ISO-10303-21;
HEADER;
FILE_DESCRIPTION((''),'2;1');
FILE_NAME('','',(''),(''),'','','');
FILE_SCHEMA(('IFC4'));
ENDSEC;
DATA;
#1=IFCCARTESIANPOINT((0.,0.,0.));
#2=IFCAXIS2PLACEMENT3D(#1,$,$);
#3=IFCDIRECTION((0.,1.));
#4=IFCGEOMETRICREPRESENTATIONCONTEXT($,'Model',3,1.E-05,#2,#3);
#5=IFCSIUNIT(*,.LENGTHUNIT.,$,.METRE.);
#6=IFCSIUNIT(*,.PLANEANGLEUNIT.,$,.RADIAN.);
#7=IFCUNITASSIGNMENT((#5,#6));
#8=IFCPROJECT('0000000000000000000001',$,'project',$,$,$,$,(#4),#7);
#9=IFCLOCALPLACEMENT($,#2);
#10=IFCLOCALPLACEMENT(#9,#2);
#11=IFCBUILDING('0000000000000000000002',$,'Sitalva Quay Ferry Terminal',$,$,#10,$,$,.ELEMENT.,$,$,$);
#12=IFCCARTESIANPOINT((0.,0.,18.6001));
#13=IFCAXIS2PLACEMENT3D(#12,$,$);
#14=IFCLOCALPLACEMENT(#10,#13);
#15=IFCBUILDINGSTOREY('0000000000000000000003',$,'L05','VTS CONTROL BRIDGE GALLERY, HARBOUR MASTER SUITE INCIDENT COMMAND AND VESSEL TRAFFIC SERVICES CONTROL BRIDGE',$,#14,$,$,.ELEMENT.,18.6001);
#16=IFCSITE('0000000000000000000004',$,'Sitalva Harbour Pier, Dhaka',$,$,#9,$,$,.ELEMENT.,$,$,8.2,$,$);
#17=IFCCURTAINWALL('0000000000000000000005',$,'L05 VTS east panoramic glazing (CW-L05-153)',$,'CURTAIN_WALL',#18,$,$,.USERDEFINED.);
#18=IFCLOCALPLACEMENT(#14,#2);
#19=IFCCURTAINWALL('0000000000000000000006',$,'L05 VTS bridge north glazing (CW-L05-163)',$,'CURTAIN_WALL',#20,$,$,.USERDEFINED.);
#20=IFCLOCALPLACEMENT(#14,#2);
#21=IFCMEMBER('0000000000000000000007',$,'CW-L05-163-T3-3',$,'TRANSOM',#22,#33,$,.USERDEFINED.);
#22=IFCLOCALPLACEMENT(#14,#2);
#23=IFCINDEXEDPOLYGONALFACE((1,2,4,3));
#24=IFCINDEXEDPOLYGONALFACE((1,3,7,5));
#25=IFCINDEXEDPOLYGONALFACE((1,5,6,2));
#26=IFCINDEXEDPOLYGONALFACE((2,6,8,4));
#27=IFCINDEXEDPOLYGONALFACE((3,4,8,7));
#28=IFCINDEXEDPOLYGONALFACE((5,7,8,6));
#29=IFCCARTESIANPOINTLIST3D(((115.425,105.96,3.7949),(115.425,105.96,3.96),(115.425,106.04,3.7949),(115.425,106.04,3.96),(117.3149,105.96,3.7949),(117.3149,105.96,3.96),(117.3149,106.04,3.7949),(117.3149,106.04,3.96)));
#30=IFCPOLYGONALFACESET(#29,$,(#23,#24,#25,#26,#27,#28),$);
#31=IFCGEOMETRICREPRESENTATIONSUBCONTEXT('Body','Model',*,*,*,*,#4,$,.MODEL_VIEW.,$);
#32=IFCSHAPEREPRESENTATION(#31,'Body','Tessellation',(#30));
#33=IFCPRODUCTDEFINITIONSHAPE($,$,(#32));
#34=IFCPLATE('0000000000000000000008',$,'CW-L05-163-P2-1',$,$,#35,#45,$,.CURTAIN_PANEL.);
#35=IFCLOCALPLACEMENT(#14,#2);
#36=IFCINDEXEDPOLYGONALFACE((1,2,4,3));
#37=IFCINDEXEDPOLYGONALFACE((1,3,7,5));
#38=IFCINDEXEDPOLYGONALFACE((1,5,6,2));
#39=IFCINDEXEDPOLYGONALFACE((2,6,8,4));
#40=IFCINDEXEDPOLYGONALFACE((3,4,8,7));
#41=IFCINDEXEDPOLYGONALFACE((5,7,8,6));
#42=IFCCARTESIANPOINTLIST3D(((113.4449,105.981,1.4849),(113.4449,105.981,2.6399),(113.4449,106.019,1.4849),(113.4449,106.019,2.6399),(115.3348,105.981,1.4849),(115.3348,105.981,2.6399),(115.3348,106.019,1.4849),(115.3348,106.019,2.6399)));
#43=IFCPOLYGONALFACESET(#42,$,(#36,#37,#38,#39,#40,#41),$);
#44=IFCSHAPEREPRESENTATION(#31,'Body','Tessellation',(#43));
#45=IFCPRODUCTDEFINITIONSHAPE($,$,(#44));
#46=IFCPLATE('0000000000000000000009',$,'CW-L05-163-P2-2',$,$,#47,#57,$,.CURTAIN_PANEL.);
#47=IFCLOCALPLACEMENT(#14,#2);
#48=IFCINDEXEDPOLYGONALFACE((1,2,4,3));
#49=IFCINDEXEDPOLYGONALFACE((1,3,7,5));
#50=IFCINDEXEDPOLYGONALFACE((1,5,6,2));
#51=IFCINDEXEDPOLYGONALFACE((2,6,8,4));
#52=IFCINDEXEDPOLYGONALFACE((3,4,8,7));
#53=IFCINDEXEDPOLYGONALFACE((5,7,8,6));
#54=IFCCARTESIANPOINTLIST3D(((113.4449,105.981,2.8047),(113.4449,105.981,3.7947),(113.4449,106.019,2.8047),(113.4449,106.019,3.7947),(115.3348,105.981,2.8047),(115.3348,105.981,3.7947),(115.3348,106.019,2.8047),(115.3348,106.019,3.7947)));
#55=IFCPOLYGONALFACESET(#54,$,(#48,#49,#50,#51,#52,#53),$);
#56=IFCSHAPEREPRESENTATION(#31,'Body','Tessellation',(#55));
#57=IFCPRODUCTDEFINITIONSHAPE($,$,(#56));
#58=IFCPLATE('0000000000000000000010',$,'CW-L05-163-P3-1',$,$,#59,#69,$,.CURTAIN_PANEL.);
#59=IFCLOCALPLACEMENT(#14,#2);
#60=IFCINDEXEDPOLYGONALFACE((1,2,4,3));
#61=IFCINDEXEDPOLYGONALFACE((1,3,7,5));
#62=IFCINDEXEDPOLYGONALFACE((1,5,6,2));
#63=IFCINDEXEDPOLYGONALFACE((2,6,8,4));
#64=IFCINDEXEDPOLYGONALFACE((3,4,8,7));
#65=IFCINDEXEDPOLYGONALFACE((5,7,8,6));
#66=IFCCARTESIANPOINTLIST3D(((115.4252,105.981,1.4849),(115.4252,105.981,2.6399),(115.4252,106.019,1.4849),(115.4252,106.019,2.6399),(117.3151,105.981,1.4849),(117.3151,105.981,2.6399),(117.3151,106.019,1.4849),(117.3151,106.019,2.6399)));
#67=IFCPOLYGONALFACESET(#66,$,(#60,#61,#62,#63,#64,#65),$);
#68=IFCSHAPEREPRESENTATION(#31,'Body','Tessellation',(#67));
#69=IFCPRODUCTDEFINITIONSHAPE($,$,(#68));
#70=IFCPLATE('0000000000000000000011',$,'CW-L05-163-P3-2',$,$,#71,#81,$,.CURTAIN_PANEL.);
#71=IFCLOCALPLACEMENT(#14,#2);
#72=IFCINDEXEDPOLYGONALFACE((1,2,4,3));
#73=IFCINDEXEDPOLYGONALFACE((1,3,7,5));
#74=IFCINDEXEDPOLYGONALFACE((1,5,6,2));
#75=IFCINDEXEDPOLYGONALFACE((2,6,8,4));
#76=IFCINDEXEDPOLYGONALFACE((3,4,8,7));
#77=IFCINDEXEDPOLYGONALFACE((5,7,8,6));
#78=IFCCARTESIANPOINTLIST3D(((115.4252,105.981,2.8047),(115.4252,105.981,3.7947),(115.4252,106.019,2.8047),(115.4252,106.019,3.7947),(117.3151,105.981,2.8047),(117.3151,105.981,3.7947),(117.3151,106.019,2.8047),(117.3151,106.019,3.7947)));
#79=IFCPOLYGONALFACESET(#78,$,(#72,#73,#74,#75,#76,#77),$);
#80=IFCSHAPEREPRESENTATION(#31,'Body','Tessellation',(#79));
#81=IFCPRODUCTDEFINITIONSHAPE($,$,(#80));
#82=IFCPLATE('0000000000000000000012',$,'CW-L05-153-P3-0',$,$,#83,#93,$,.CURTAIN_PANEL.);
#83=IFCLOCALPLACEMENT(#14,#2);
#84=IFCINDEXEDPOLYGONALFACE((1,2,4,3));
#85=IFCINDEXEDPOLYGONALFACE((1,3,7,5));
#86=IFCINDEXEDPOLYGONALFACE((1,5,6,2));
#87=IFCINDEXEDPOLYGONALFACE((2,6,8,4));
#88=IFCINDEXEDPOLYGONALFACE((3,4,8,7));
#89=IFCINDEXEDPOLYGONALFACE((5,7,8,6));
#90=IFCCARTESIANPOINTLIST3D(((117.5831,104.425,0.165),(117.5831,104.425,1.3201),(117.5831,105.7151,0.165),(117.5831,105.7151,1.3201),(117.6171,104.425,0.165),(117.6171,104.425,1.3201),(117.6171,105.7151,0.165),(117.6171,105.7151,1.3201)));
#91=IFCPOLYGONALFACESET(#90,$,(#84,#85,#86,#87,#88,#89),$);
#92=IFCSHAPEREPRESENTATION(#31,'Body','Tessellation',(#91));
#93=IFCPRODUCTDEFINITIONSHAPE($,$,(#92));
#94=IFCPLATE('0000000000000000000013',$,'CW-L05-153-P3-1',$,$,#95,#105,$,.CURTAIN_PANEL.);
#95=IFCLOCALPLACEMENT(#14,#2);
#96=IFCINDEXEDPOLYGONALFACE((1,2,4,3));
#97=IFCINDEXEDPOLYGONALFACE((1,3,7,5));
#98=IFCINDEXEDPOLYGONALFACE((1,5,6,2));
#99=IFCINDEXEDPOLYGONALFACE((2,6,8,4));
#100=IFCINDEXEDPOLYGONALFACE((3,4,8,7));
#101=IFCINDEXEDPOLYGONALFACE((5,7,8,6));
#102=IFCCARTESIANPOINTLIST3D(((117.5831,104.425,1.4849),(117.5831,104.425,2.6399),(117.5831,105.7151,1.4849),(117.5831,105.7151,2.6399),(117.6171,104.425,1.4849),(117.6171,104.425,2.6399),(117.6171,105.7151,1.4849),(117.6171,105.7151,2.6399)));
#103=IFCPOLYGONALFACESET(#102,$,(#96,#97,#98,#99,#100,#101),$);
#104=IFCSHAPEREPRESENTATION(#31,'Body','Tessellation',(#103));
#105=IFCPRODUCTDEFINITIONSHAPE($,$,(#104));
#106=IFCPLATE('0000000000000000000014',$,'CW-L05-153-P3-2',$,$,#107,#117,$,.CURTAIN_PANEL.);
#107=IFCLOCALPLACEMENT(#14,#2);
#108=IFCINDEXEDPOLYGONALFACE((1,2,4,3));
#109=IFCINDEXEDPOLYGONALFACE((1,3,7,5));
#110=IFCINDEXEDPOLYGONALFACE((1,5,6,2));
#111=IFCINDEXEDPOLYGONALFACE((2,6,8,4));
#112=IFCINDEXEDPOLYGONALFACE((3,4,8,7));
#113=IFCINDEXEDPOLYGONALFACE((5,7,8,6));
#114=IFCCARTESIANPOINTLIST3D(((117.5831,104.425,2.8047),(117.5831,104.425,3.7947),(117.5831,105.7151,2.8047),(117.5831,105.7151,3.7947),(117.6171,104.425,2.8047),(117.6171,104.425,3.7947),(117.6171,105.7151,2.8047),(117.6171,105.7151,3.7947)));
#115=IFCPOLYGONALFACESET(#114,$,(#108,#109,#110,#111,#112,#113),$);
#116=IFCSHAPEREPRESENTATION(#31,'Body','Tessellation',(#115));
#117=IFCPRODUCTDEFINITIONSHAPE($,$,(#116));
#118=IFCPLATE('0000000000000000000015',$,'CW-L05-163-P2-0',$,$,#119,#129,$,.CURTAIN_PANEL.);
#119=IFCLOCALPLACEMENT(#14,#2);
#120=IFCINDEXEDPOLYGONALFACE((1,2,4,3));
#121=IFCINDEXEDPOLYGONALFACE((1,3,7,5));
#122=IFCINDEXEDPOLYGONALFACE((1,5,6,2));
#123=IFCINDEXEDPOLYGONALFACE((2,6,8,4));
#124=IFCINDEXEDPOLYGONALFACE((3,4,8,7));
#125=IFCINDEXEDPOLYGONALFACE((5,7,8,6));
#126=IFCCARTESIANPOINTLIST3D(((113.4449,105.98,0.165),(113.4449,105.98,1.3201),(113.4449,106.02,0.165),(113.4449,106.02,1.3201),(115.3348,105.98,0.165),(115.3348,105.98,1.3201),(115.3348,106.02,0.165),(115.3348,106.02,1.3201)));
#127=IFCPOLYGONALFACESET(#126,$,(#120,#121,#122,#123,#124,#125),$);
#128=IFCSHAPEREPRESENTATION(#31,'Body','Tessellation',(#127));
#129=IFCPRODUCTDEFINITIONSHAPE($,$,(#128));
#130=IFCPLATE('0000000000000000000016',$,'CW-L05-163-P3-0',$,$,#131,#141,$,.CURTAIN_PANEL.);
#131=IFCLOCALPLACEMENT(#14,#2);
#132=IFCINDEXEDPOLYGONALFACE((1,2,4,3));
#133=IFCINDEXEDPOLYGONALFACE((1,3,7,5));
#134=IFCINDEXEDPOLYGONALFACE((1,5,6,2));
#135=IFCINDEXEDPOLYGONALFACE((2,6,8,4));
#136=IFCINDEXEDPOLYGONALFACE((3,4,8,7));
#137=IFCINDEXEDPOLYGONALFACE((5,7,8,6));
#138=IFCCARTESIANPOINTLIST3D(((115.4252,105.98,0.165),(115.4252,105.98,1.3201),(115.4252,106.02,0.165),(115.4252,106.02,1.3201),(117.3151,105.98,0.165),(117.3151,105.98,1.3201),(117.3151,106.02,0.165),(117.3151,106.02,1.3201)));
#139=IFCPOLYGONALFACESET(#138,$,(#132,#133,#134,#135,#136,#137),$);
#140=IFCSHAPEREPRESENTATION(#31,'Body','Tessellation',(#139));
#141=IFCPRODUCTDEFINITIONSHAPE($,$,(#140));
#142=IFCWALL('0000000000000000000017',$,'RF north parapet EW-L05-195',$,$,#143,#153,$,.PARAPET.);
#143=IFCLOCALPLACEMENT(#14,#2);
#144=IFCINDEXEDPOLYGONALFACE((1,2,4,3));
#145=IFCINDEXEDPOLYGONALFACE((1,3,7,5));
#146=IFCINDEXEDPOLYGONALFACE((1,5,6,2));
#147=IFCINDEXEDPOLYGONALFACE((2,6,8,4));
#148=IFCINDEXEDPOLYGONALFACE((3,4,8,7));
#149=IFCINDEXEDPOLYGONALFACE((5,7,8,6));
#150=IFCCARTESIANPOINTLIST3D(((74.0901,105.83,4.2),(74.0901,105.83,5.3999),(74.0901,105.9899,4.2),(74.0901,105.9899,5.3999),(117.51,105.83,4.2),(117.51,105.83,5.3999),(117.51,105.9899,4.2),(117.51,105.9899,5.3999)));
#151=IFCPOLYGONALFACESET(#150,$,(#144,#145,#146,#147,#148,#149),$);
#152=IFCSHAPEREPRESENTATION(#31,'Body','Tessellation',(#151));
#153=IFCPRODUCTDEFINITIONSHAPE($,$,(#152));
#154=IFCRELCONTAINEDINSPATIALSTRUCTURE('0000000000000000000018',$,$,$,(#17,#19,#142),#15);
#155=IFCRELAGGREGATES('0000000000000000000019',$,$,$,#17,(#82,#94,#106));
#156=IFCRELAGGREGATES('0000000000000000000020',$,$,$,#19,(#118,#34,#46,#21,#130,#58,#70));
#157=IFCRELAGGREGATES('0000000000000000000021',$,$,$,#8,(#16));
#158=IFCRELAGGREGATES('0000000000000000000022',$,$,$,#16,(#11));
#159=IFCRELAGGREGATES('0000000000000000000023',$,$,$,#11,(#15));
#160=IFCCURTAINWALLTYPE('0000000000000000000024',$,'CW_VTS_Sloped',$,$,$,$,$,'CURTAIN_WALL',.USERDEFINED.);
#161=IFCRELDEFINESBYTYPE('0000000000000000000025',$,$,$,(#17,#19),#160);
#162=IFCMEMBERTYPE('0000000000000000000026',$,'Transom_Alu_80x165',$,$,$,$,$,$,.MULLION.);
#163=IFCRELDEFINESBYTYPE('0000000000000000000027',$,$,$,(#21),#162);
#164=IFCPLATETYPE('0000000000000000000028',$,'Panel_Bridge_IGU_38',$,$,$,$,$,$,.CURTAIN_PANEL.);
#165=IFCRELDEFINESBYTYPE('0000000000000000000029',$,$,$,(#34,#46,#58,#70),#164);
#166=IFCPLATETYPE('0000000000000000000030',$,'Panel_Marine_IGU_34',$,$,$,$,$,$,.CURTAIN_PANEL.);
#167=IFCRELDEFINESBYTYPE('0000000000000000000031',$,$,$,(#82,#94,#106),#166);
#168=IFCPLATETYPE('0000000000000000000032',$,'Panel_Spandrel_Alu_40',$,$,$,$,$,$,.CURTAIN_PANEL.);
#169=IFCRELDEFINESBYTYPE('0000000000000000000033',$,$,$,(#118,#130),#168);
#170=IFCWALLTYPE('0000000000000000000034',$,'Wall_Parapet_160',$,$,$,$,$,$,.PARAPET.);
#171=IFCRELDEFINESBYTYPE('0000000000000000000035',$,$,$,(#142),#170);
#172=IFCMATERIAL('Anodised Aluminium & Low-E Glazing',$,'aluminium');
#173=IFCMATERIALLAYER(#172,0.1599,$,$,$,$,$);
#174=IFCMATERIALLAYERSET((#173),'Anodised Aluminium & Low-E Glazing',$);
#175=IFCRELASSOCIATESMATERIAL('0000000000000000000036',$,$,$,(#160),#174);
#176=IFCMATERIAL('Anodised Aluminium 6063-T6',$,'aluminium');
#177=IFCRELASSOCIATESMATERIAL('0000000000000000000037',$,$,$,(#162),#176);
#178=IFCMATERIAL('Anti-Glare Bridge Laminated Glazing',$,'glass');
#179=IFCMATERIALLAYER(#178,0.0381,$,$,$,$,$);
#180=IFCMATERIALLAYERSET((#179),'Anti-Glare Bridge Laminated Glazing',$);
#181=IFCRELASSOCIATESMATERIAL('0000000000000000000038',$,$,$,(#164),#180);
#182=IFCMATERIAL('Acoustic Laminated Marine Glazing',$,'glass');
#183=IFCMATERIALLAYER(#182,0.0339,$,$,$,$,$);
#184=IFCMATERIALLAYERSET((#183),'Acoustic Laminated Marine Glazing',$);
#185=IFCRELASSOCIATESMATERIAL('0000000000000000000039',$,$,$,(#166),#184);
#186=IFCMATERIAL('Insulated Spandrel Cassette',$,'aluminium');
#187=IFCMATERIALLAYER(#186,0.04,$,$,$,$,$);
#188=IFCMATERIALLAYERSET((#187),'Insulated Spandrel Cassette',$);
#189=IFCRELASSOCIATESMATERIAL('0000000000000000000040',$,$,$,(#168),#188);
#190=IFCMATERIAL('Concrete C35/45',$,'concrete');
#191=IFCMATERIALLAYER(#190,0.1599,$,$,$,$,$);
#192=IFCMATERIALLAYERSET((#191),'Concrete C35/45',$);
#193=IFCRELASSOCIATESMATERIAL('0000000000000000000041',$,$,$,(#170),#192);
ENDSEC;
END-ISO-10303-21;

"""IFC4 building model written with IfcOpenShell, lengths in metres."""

from ifc_helpers import new_model, si_unit, direction, frame, frame_2d, origin, origin_2d, place, context, subcontext, project, spatial, rectangle, extrude, material, layer, layer_set, material_profile, profile_set, type_object, element, aggregate, save


model = new_model("IFC4")

# Units and contexts
model_context = context("Model", 3, precision=1e-05, world=origin(), true_north=direction((0.0, 1.0)))
body_context = subcontext(model_context, "Body", "Model", "MODEL_VIEW")
ifc_project = project(units=[si_unit("LENGTHUNIT", "METRE"), si_unit("PLANEANGLEUNIT", "RADIAN")], contexts=[model_context])

# Site, building, storey
site_placement = place(None, origin())
site = spatial("IfcSite", under=ifc_project, at=site_placement, Name="Sitalva Harbour Pier, Dhaka", CompositionType="ELEMENT", RefElevation=8.2)
building_placement = place(site_placement, origin())
building = spatial("IfcBuilding", under=site, at=building_placement, Name="Sitalva Quay Ferry Terminal", CompositionType="ELEMENT")
storey_placement = place(building_placement, frame((0.0, 0.0, 18.6001)))
storey = spatial("IfcBuildingStorey", under=building, at=storey_placement, Name="L05", Description="VTS CONTROL BRIDGE GALLERY, HARBOUR MASTER SUITE INCIDENT COMMAND AND VESSEL TRAFFIC SERVICES CONTROL BRIDGE", CompositionType="ELEMENT", Elevation=18.6001)

# Curtain wall
ifc_material_1 = material(Name="Anodised Aluminium & Low-E Glazing", Category="aluminium")
ifc_layer_1 = layer(ifc_material_1, 0.1599)
ifc_layer_set_1 = layer_set([ifc_layer_1], Name="Anodised Aluminium & Low-E Glazing")
curtain_wall_type = type_object("IfcCurtainWallType", Name="CW_VTS_Sloped", ElementType="CURTAIN_WALL", PredefinedType="USERDEFINED", material=ifc_layer_set_1)
curtain_wall_1_placement = place(storey_placement, origin())
curtain_wall_1 = element("IfcCurtainWall", 1, at=curtain_wall_1_placement, inside=storey, type_object=curtain_wall_type, Name="L05 VTS east panoramic glazing (CW-L05-153)", ObjectType="CURTAIN_WALL", PredefinedType="USERDEFINED")

# Curtain wall
curtain_wall_2_placement = place(storey_placement, origin())
curtain_wall_2 = element("IfcCurtainWall", 2, at=curtain_wall_2_placement, inside=storey, type_object=curtain_wall_type, Name="L05 VTS bridge north glazing (CW-L05-163)", ObjectType="CURTAIN_WALL", PredefinedType="USERDEFINED")

# Member
ifc_material_2 = material(Name="Anodised Aluminium 6063-T6", Category="aluminium")
ifc_material_profile_1 = material_profile(ifc_material_2, rectangle(XDim=0.0801, YDim=0.165, at=origin_2d()), Name="ALU80x165")
ifc_profile_set_1 = profile_set([ifc_material_profile_1], Name="Anodised Aluminium 6063-T6")
member_type_1 = type_object("IfcMemberType", Name="Transom_Alu_80x165", PredefinedType="MULLION", material=ifc_profile_set_1)
member_1_placement = place(storey_placement, frame((115.425, 106.0, 3.8774), z_axis=(1.0, 0.0, 0.0), x_axis=(0.0, 1.0, 0.0)))
member_1 = element("IfcMember", 3, at=member_1_placement, type_object=member_type_1, Name="CW-L05-163-T3-3", ObjectType="TRANSOM", PredefinedType="USERDEFINED", context=body_context, shape_type="SweptSolid", body=[
    extrude(rectangle(XDim=0.0801, YDim=0.165, at=origin_2d()), origin(), (0.0, 0.0, 1.0), 1.8899),
])

# Plates
ifc_material_3 = material(Name="Anti-Glare Bridge Laminated Glazing", Category="glass")
ifc_layer_2 = layer(ifc_material_3, 0.0381)
ifc_layer_set_2 = layer_set([ifc_layer_2], Name="Anti-Glare Bridge Laminated Glazing")
plate_type_1 = type_object("IfcPlateType", Name="Panel_Bridge_IGU_38", PredefinedType="CURTAIN_PANEL", material=ifc_layer_set_2)
plate_1_placement = place(storey_placement, frame((114.3899, 106.0, 1.4849), z_axis=(0.0, 0.0, 1.0), x_axis=(1.0, 0.0, 0.0)))
plate_1 = element("IfcPlate", 4, at=plate_1_placement, type_object=plate_type_1, Name="CW-L05-163-P2-1", PredefinedType="CURTAIN_PANEL", context=body_context, shape_type="SweptSolid", body=[
    extrude(rectangle(XDim=1.8899, YDim=0.0381, at=origin_2d()), origin(), (0.0, 0.0, 1.0), 1.155),
])
plate_2_placement = place(storey_placement, frame((114.3899, 106.0, 2.8047), z_axis=(0.0, 0.0, 1.0), x_axis=(1.0, 0.0, 0.0)))
plate_2 = element("IfcPlate", 5, at=plate_2_placement, type_object=plate_type_1, Name="CW-L05-163-P2-2", PredefinedType="CURTAIN_PANEL", context=body_context, shape_type="SweptSolid", body=[
    extrude(rectangle(XDim=1.8899, YDim=0.0381, at=origin_2d()), origin(), (0.0, 0.0, 1.0), 0.99),
])
plate_3_placement = place(storey_placement, frame((116.3701, 106.0, 1.4849), z_axis=(0.0, 0.0, 1.0), x_axis=(1.0, 0.0, 0.0)))
plate_3 = element("IfcPlate", 6, at=plate_3_placement, type_object=plate_type_1, Name="CW-L05-163-P3-1", PredefinedType="CURTAIN_PANEL", context=body_context, shape_type="SweptSolid", body=[
    extrude(rectangle(XDim=1.8899, YDim=0.0381, at=origin_2d()), origin(), (0.0, 0.0, 1.0), 1.155),
])
plate_4_placement = place(storey_placement, frame((116.3701, 106.0, 2.8047), z_axis=(0.0, 0.0, 1.0), x_axis=(1.0, 0.0, 0.0)))
plate_4 = element("IfcPlate", 7, at=plate_4_placement, type_object=plate_type_1, Name="CW-L05-163-P3-2", PredefinedType="CURTAIN_PANEL", context=body_context, shape_type="SweptSolid", body=[
    extrude(rectangle(XDim=1.8899, YDim=0.0381, at=origin_2d()), origin(), (0.0, 0.0, 1.0), 0.99),
])
ifc_material_4 = material(Name="Acoustic Laminated Marine Glazing", Category="glass")
ifc_layer_3 = layer(ifc_material_4, 0.0339)
ifc_layer_set_3 = layer_set([ifc_layer_3], Name="Acoustic Laminated Marine Glazing")
plate_type_2 = type_object("IfcPlateType", Name="Panel_Marine_IGU_34", PredefinedType="CURTAIN_PANEL", material=ifc_layer_set_3)
plate_5_placement = place(storey_placement, frame((117.6001, 105.0701, 0.165), z_axis=(0.0, 0.0, 1.0), x_axis=(0.0, 1.0, 0.0)))
plate_5 = element("IfcPlate", 8, at=plate_5_placement, type_object=plate_type_2, Name="CW-L05-153-P3-0", PredefinedType="CURTAIN_PANEL", context=body_context, shape_type="SweptSolid", body=[
    extrude(rectangle(XDim=1.29, YDim=0.0339, at=origin_2d()), origin(), (0.0, 0.0, 1.0), 1.155),
])
plate_6_placement = place(storey_placement, frame((117.6001, 105.0701, 1.4849), z_axis=(0.0, 0.0, 1.0), x_axis=(0.0, 1.0, 0.0)))
plate_6 = element("IfcPlate", 9, at=plate_6_placement, type_object=plate_type_2, Name="CW-L05-153-P3-1", PredefinedType="CURTAIN_PANEL", context=body_context, shape_type="SweptSolid", body=[
    extrude(rectangle(XDim=1.29, YDim=0.0339, at=origin_2d()), origin(), (0.0, 0.0, 1.0), 1.155),
])
plate_7_placement = place(storey_placement, frame((117.6001, 105.0701, 2.8047), z_axis=(0.0, 0.0, 1.0), x_axis=(0.0, 1.0, 0.0)))
plate_7 = element("IfcPlate", 10, at=plate_7_placement, type_object=plate_type_2, Name="CW-L05-153-P3-2", PredefinedType="CURTAIN_PANEL", context=body_context, shape_type="SweptSolid", body=[
    extrude(rectangle(XDim=1.29, YDim=0.0339, at=origin_2d()), origin(), (0.0, 0.0, 1.0), 0.99),
])
aggregate(curtain_wall_1, [plate_5, plate_6, plate_7])
ifc_material_5 = material(Name="Insulated Spandrel Cassette", Category="aluminium")
ifc_layer_4 = layer(ifc_material_5, 0.04)
ifc_layer_set_4 = layer_set([ifc_layer_4], Name="Insulated Spandrel Cassette")
plate_type_3 = type_object("IfcPlateType", Name="Panel_Spandrel_Alu_40", PredefinedType="CURTAIN_PANEL", material=ifc_layer_set_4)
plate_8_placement = place(storey_placement, frame((114.3899, 106.0, 0.165), z_axis=(0.0, 0.0, 1.0), x_axis=(1.0, 0.0, 0.0)))
plate_8 = element("IfcPlate", 11, at=plate_8_placement, type_object=plate_type_3, Name="CW-L05-163-P2-0", PredefinedType="CURTAIN_PANEL", context=body_context, shape_type="SweptSolid", body=[
    extrude(rectangle(XDim=1.8899, YDim=0.04, at=origin_2d()), origin(), (0.0, 0.0, 1.0), 1.155),
])
plate_9_placement = place(storey_placement, frame((116.3701, 106.0, 0.165), z_axis=(0.0, 0.0, 1.0), x_axis=(1.0, 0.0, 0.0)))
plate_9 = element("IfcPlate", 12, at=plate_9_placement, type_object=plate_type_3, Name="CW-L05-163-P3-0", PredefinedType="CURTAIN_PANEL", context=body_context, shape_type="SweptSolid", body=[
    extrude(rectangle(XDim=1.8899, YDim=0.04, at=origin_2d()), origin(), (0.0, 0.0, 1.0), 1.155),
])
aggregate(curtain_wall_2, [plate_8, plate_1, plate_2, member_1, plate_9, plate_3, plate_4])

# Wall
ifc_material_6 = material(Name="Concrete C35/45", Category="concrete")
ifc_layer_5 = layer(ifc_material_6, 0.1599)
ifc_layer_set_5 = layer_set([ifc_layer_5], Name="Concrete C35/45")
wall_type = type_object("IfcWallType", Name="Wall_Parapet_160", PredefinedType="PARAPET", material=ifc_layer_set_5)
wall_placement = place(storey_placement, frame((117.51, 105.9099, 4.2), z_axis=(0.0, 0.0, 1.0), x_axis=(-1.0, 0.0, 0.0)))
element("IfcWall", 13, at=wall_placement, inside=storey, type_object=wall_type, Name="RF north parapet EW-L05-195", PredefinedType="PARAPET", context=body_context, shape_type="SweptSolid", body=[
    extrude(rectangle(XDim=43.4199, YDim=0.1599, at=frame_2d((21.71, 0.0))), origin(), (0.0, 0.0, 1.0), 1.2),
])

save(model, "model.ifc")
